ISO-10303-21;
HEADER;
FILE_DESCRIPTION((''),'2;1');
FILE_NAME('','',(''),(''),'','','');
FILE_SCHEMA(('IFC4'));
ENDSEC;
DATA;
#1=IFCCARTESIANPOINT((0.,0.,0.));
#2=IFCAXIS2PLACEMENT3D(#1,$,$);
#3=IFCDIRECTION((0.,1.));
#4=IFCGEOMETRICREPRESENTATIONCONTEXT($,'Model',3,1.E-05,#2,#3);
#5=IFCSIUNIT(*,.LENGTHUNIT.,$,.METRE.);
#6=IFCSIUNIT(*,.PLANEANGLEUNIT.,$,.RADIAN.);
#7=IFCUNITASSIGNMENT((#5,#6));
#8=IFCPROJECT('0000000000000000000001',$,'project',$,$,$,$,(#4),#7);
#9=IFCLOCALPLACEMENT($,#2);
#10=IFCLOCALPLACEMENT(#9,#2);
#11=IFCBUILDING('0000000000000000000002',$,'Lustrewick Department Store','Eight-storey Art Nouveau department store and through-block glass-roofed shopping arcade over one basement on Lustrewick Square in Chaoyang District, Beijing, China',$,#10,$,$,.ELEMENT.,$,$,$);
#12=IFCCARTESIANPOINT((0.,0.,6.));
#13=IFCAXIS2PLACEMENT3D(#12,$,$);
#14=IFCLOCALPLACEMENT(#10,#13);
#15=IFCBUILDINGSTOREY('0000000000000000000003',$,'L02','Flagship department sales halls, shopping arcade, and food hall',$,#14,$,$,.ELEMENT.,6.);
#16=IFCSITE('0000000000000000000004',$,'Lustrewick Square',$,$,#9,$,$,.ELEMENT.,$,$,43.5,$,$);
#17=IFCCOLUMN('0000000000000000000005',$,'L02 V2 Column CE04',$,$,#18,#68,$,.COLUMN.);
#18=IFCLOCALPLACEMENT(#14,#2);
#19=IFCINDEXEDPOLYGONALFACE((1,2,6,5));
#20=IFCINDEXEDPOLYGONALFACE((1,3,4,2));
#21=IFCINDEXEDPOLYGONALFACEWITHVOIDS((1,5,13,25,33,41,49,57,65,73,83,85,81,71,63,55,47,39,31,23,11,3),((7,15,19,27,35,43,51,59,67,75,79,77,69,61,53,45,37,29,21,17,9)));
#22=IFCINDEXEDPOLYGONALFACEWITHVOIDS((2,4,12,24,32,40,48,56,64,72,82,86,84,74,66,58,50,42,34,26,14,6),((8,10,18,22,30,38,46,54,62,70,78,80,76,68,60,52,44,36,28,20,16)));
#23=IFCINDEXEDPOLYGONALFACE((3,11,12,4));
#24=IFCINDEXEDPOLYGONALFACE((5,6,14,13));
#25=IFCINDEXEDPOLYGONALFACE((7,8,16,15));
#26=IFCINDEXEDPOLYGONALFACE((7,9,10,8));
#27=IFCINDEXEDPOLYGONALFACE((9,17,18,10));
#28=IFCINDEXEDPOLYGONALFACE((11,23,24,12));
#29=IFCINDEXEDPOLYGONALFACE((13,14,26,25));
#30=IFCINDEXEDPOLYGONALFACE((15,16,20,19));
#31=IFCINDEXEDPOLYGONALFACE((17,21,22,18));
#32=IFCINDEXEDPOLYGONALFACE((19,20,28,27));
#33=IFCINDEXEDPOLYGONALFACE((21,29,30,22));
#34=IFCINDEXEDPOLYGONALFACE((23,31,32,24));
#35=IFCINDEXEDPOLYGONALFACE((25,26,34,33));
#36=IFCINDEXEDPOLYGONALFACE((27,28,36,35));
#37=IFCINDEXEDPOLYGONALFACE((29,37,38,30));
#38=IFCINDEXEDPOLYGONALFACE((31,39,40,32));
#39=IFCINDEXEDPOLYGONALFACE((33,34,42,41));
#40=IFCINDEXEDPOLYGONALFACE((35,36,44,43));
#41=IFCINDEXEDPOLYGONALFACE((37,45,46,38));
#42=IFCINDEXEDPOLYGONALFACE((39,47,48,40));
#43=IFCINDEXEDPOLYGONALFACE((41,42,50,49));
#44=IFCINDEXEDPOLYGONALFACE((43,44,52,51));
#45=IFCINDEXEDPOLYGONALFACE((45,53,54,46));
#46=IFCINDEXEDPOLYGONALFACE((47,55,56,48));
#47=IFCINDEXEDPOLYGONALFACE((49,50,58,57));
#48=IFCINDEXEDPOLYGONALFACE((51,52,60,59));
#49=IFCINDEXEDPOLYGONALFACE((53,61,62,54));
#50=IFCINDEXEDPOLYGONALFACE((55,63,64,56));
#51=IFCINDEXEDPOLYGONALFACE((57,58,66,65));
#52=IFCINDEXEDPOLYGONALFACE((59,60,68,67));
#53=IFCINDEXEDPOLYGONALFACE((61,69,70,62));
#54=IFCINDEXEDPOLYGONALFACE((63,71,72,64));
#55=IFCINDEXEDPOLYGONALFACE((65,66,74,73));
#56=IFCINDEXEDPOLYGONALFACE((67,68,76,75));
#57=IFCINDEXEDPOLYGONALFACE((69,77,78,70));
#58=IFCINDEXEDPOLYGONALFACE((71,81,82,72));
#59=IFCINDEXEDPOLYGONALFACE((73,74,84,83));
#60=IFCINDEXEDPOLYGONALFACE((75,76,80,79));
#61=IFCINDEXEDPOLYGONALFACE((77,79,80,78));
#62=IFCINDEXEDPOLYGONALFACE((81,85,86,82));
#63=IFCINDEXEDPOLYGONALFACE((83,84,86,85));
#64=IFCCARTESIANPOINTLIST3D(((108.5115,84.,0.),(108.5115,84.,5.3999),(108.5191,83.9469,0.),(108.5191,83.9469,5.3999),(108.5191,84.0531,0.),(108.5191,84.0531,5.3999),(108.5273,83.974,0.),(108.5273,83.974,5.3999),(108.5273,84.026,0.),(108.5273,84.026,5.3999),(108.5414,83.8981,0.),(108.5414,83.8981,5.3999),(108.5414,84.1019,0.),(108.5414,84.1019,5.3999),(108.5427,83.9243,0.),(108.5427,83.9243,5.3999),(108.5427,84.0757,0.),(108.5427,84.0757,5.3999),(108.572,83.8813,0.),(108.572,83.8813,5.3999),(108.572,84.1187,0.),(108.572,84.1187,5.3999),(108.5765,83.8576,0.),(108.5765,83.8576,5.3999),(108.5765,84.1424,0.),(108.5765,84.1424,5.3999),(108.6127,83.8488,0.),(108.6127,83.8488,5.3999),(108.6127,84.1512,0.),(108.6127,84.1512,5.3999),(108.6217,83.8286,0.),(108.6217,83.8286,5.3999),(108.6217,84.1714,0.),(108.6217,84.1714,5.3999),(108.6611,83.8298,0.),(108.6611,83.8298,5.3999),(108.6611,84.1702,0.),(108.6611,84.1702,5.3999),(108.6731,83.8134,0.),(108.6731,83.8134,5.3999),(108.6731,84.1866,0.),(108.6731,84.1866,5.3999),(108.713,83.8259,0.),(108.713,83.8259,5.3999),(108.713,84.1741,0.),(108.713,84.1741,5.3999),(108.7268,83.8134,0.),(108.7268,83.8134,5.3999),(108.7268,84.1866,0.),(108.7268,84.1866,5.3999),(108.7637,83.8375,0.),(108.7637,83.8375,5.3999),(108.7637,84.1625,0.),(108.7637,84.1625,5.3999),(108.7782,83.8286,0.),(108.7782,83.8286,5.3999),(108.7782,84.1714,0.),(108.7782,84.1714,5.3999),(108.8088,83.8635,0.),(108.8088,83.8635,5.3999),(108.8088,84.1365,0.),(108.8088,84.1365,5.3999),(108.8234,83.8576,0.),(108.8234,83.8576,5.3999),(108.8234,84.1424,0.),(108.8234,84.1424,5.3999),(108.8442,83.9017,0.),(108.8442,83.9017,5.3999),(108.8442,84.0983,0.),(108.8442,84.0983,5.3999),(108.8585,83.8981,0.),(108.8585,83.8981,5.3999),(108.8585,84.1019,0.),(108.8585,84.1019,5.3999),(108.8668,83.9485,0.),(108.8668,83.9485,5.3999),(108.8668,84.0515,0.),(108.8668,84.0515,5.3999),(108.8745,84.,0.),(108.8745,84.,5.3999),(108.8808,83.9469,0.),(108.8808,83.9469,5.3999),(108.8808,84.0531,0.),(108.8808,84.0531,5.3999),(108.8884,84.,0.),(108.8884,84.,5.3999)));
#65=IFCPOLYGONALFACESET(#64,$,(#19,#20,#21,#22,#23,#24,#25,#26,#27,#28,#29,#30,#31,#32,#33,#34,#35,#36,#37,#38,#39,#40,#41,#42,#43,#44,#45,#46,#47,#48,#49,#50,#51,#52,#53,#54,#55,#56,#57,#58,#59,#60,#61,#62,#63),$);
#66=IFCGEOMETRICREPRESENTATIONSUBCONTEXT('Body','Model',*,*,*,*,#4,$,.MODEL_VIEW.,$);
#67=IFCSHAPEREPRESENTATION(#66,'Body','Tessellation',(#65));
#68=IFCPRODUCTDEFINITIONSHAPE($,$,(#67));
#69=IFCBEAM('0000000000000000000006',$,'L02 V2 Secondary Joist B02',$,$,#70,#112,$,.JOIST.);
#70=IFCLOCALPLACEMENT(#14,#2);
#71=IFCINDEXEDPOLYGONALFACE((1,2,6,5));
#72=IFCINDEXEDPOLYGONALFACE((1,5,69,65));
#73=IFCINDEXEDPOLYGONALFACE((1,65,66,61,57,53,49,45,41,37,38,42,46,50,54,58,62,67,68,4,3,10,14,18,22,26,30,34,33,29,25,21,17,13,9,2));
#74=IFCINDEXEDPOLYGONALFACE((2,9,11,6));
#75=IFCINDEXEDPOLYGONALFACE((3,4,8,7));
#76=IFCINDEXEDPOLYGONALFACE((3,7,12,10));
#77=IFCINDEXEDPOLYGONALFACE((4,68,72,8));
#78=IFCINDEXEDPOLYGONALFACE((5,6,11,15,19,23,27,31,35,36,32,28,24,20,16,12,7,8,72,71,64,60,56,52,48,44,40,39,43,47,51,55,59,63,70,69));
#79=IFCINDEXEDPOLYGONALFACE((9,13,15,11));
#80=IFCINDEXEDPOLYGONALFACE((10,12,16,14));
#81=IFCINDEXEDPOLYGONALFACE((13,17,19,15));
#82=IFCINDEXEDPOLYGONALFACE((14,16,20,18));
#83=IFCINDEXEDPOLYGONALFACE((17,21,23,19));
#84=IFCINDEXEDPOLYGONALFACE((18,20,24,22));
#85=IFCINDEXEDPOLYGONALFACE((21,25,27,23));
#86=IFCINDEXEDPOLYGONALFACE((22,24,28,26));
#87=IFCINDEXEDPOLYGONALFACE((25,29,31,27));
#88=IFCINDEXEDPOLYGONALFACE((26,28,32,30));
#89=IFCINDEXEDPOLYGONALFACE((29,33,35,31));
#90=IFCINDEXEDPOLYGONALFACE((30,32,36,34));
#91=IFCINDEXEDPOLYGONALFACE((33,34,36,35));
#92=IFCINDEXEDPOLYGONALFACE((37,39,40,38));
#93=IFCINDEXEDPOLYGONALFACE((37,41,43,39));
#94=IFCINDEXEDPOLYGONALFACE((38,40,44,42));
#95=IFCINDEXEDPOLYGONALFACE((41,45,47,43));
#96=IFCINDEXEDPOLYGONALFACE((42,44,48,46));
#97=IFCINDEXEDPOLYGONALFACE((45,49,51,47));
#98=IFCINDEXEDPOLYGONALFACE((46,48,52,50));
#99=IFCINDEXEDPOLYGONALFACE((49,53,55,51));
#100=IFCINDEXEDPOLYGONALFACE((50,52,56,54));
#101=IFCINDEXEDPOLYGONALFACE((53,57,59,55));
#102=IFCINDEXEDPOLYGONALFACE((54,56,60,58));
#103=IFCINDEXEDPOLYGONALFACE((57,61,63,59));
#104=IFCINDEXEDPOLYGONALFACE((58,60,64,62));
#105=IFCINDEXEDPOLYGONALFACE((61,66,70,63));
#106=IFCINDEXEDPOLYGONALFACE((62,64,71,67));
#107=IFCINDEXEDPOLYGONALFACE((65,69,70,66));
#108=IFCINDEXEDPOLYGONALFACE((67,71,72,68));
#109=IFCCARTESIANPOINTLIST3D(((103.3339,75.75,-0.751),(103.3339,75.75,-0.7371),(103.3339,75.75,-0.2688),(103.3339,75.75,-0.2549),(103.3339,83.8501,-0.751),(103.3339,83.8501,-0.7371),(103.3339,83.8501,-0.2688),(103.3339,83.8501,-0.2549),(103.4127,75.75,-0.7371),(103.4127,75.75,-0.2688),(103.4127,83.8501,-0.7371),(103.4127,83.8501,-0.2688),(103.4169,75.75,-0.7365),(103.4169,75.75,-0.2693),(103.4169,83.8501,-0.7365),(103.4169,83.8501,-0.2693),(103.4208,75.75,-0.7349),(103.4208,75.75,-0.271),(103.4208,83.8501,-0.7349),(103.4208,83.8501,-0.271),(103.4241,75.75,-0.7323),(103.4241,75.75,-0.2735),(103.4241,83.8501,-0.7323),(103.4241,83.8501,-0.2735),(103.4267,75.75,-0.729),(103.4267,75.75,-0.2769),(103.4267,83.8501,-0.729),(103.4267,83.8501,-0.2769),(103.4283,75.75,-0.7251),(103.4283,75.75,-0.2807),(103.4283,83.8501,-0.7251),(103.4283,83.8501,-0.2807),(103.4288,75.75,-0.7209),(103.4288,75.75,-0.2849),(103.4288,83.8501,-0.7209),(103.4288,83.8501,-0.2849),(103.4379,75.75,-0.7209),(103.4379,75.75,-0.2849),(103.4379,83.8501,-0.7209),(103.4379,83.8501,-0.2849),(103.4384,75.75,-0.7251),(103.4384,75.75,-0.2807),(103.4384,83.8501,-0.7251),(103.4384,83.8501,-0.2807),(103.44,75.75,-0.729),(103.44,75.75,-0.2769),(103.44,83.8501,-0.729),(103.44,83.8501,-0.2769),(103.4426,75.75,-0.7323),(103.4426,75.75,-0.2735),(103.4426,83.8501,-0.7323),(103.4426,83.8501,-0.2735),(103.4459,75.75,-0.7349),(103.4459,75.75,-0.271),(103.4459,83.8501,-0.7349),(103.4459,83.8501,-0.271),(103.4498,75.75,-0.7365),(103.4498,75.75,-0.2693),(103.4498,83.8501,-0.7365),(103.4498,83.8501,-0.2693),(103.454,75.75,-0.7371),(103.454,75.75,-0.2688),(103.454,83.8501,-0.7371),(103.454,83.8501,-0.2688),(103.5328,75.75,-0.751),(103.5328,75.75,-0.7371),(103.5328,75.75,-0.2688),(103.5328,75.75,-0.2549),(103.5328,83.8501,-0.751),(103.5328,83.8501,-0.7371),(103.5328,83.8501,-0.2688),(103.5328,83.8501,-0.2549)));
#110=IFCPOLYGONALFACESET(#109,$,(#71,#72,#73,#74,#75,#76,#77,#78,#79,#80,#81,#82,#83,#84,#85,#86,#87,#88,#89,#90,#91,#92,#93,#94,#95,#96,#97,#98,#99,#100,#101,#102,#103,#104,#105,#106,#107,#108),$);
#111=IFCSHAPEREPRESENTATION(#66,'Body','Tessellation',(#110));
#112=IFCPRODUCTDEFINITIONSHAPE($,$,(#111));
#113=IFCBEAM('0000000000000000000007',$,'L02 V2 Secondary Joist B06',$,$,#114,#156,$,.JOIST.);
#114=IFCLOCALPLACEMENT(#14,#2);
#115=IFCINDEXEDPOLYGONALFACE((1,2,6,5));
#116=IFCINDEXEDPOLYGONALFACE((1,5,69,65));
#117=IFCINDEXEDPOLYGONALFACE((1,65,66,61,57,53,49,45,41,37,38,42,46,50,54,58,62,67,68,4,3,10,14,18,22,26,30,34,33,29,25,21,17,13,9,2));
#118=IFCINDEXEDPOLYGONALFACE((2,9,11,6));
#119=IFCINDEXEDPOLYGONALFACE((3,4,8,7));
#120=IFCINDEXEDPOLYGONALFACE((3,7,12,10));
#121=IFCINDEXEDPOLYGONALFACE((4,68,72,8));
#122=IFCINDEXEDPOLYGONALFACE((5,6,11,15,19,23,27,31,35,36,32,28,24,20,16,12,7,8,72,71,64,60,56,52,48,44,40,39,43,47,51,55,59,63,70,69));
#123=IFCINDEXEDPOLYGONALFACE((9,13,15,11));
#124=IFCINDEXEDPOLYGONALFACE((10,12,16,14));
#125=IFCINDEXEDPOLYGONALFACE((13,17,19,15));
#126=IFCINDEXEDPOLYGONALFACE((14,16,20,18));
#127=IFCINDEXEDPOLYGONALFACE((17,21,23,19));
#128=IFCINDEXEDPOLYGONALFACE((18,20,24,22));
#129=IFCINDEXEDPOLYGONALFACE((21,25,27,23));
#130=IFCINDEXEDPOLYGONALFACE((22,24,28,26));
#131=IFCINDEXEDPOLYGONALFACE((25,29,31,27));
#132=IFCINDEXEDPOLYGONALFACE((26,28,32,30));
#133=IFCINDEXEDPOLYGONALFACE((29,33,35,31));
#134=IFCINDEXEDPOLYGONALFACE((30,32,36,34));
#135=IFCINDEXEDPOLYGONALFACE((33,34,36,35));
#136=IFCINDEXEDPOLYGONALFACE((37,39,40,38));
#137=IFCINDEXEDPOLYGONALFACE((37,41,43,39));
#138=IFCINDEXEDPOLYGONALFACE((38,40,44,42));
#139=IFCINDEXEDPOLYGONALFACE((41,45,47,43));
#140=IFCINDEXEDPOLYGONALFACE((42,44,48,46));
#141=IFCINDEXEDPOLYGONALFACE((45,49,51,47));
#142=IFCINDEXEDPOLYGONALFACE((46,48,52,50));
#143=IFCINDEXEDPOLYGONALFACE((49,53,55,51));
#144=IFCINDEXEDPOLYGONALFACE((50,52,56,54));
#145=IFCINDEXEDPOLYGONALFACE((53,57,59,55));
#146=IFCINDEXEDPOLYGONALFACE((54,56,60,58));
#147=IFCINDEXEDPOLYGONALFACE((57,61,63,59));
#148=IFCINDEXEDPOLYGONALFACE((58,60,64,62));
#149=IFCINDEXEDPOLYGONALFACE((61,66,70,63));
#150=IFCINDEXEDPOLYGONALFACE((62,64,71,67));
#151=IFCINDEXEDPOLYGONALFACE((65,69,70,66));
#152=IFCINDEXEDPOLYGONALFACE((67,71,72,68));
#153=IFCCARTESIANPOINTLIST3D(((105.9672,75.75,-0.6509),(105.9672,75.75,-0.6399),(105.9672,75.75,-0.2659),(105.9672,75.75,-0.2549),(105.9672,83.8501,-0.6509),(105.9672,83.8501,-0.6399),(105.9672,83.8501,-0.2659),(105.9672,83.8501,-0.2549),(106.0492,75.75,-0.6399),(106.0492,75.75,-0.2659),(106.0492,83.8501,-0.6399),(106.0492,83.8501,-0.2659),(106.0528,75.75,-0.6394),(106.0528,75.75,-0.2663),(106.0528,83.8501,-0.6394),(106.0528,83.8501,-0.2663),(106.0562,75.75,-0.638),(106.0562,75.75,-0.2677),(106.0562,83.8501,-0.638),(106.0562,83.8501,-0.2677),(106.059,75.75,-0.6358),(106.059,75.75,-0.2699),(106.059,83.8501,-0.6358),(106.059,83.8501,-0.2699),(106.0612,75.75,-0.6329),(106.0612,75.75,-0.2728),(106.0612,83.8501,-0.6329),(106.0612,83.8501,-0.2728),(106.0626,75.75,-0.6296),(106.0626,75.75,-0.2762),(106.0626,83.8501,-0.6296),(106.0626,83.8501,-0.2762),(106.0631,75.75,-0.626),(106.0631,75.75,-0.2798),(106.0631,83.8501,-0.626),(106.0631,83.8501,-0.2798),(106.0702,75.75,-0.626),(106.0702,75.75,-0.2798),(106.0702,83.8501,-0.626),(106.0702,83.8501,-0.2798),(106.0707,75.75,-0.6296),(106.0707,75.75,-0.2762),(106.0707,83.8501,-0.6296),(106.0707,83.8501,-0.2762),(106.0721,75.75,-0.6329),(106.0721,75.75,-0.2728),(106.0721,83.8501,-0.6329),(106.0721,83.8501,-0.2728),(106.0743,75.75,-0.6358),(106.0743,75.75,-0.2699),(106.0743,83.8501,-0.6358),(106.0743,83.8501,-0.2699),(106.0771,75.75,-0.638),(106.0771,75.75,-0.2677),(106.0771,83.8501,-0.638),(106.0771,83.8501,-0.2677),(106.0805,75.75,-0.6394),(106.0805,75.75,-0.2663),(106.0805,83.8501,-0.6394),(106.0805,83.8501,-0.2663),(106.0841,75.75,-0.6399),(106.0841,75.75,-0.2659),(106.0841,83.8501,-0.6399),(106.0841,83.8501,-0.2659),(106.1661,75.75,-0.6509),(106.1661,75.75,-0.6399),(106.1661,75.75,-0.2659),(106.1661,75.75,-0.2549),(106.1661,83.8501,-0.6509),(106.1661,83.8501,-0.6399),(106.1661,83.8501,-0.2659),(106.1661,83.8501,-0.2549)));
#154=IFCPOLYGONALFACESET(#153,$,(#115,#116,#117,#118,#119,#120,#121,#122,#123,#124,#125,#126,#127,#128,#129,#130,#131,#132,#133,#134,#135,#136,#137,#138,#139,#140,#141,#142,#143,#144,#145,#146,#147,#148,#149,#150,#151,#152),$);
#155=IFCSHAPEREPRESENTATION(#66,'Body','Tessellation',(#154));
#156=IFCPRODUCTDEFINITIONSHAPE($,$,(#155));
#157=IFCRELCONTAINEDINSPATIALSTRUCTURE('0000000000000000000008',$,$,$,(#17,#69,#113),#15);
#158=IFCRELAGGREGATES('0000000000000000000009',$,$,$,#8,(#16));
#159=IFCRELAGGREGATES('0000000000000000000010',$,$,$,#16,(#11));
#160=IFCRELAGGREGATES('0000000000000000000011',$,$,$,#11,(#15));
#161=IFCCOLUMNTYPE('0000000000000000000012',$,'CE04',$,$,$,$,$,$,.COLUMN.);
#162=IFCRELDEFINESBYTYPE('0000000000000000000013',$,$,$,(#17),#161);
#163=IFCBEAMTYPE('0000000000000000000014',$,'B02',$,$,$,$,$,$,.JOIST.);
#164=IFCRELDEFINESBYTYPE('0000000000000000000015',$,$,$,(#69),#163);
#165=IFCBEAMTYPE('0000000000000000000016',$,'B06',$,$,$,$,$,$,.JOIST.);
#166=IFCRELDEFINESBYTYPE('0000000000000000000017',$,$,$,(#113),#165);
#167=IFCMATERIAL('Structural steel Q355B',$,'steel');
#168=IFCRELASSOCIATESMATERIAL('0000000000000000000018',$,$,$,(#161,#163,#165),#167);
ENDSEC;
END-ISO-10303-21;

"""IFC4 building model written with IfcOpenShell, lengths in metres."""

from ifc_helpers import new_model, si_unit, direction, frame, origin, origin_2d, place, context, subcontext, project, spatial, hollow_circle, i_section, extrude, material, material_profile, profile_set, type_object, element, save


model = new_model("IFC4")

# Units and contexts
model_context = context("Model", 3, precision=1e-05, world=origin(), true_north=direction((0.0, 1.0)))
body_context = subcontext(model_context, "Body", "Model", "MODEL_VIEW")
ifc_project = project(units=[si_unit("LENGTHUNIT", "METRE"), si_unit("PLANEANGLEUNIT", "RADIAN")], contexts=[model_context])

# Site, building, storey
site_placement = place(None, origin())
site = spatial("IfcSite", under=ifc_project, at=site_placement, Name="Lustrewick Square", CompositionType="ELEMENT", RefElevation=43.5)
building_placement = place(site_placement, origin())
building = spatial("IfcBuilding", under=site, at=building_placement, Name="Lustrewick Department Store", Description="Eight-storey Art Nouveau department store and through-block glass-roofed shopping arcade over one basement on Lustrewick Square in Chaoyang District, Beijing, China", CompositionType="ELEMENT")
storey_placement = place(building_placement, frame((0.0, 0.0, 6.0)))
storey = spatial("IfcBuildingStorey", under=building, at=storey_placement, Name="L02", Description="Flagship department sales halls, shopping arcade, and food hall", CompositionType="ELEMENT", Elevation=6.0)

# Column
ifc_material_1 = material(Name="Structural steel Q355B", Category="steel")
ifc_material_profile_1 = material_profile(ifc_material_1, hollow_circle(Radius=0.1885, WallThickness=0.0139, at=origin_2d()), Name="CHS 377x14")
ifc_profile_set_1 = profile_set([ifc_material_profile_1], Name="Structural steel Q355B")
column_type_1 = type_object("IfcColumnType", Name="CE04", PredefinedType="COLUMN", material=ifc_profile_set_1)
column_1_placement = place(storey_placement, frame((108.7, 84.0, 0.0), z_axis=(0.0, 0.0, 1.0), x_axis=(1.0, 0.0, 0.0)))
element("IfcColumn", 1, at=column_1_placement, inside=storey, type_object=column_type_1, Name="L02 V2 Column CE04", PredefinedType="COLUMN", context=body_context, shape_type="SweptSolid", body=[
    extrude(hollow_circle(Radius=0.1885, WallThickness=0.0139, at=origin_2d()), origin(), (0.0, 0.0, 1.0), 5.3999),
])

# Beams
ifc_material_profile_2 = material_profile(ifc_material_1, i_section(OverallWidth=0.199, OverallDepth=0.4961, WebThickness=0.009, FlangeThickness=0.0139, FilletRadius=0.0161, at=origin_2d()), Name="HN 496x199x9x14")
ifc_profile_set_2 = profile_set([ifc_material_profile_2], Name="Structural steel Q355B")
beam_type_1 = type_object("IfcBeamType", Name="B02", PredefinedType="JOIST", material=ifc_profile_set_2)
beam_1_placement = place(storey_placement, frame((103.4333, 75.75, -0.5029), z_axis=(0.0, 1.0, 0.0), x_axis=(-1.0, 0.0, 0.0)))
element("IfcBeam", 2, at=beam_1_placement, inside=storey, type_object=beam_type_1, Name="L02 V2 Secondary Joist B02", PredefinedType="JOIST", context=body_context, shape_type="SweptSolid", body=[
    extrude(i_section(OverallWidth=0.199, OverallDepth=0.4961, WebThickness=0.009, FlangeThickness=0.0139, FilletRadius=0.0161, at=origin_2d()), origin(), (0.0, 0.0, 1.0), 8.1001),
])
ifc_material_profile_3 = material_profile(ifc_material_1, i_section(OverallWidth=0.199, OverallDepth=0.396, WebThickness=0.0071, FlangeThickness=0.011, FilletRadius=0.0139, at=origin_2d()), Name="HN 396x199x7x11")
ifc_profile_set_3 = profile_set([ifc_material_profile_3], Name="Structural steel Q355B")
beam_type_2 = type_object("IfcBeamType", Name="B06", PredefinedType="JOIST", material=ifc_profile_set_3)
beam_2_placement = place(storey_placement, frame((106.0667, 75.75, -0.4529), z_axis=(0.0, 1.0, 0.0), x_axis=(-1.0, 0.0, 0.0)))
element("IfcBeam", 3, at=beam_2_placement, inside=storey, type_object=beam_type_2, Name="L02 V2 Secondary Joist B06", PredefinedType="JOIST", context=body_context, shape_type="SweptSolid", body=[
    extrude(i_section(OverallWidth=0.199, OverallDepth=0.396, WebThickness=0.0071, FlangeThickness=0.011, FilletRadius=0.0139, at=origin_2d()), origin(), (0.0, 0.0, 1.0), 8.1001),
])

save(model, "model.ifc")
